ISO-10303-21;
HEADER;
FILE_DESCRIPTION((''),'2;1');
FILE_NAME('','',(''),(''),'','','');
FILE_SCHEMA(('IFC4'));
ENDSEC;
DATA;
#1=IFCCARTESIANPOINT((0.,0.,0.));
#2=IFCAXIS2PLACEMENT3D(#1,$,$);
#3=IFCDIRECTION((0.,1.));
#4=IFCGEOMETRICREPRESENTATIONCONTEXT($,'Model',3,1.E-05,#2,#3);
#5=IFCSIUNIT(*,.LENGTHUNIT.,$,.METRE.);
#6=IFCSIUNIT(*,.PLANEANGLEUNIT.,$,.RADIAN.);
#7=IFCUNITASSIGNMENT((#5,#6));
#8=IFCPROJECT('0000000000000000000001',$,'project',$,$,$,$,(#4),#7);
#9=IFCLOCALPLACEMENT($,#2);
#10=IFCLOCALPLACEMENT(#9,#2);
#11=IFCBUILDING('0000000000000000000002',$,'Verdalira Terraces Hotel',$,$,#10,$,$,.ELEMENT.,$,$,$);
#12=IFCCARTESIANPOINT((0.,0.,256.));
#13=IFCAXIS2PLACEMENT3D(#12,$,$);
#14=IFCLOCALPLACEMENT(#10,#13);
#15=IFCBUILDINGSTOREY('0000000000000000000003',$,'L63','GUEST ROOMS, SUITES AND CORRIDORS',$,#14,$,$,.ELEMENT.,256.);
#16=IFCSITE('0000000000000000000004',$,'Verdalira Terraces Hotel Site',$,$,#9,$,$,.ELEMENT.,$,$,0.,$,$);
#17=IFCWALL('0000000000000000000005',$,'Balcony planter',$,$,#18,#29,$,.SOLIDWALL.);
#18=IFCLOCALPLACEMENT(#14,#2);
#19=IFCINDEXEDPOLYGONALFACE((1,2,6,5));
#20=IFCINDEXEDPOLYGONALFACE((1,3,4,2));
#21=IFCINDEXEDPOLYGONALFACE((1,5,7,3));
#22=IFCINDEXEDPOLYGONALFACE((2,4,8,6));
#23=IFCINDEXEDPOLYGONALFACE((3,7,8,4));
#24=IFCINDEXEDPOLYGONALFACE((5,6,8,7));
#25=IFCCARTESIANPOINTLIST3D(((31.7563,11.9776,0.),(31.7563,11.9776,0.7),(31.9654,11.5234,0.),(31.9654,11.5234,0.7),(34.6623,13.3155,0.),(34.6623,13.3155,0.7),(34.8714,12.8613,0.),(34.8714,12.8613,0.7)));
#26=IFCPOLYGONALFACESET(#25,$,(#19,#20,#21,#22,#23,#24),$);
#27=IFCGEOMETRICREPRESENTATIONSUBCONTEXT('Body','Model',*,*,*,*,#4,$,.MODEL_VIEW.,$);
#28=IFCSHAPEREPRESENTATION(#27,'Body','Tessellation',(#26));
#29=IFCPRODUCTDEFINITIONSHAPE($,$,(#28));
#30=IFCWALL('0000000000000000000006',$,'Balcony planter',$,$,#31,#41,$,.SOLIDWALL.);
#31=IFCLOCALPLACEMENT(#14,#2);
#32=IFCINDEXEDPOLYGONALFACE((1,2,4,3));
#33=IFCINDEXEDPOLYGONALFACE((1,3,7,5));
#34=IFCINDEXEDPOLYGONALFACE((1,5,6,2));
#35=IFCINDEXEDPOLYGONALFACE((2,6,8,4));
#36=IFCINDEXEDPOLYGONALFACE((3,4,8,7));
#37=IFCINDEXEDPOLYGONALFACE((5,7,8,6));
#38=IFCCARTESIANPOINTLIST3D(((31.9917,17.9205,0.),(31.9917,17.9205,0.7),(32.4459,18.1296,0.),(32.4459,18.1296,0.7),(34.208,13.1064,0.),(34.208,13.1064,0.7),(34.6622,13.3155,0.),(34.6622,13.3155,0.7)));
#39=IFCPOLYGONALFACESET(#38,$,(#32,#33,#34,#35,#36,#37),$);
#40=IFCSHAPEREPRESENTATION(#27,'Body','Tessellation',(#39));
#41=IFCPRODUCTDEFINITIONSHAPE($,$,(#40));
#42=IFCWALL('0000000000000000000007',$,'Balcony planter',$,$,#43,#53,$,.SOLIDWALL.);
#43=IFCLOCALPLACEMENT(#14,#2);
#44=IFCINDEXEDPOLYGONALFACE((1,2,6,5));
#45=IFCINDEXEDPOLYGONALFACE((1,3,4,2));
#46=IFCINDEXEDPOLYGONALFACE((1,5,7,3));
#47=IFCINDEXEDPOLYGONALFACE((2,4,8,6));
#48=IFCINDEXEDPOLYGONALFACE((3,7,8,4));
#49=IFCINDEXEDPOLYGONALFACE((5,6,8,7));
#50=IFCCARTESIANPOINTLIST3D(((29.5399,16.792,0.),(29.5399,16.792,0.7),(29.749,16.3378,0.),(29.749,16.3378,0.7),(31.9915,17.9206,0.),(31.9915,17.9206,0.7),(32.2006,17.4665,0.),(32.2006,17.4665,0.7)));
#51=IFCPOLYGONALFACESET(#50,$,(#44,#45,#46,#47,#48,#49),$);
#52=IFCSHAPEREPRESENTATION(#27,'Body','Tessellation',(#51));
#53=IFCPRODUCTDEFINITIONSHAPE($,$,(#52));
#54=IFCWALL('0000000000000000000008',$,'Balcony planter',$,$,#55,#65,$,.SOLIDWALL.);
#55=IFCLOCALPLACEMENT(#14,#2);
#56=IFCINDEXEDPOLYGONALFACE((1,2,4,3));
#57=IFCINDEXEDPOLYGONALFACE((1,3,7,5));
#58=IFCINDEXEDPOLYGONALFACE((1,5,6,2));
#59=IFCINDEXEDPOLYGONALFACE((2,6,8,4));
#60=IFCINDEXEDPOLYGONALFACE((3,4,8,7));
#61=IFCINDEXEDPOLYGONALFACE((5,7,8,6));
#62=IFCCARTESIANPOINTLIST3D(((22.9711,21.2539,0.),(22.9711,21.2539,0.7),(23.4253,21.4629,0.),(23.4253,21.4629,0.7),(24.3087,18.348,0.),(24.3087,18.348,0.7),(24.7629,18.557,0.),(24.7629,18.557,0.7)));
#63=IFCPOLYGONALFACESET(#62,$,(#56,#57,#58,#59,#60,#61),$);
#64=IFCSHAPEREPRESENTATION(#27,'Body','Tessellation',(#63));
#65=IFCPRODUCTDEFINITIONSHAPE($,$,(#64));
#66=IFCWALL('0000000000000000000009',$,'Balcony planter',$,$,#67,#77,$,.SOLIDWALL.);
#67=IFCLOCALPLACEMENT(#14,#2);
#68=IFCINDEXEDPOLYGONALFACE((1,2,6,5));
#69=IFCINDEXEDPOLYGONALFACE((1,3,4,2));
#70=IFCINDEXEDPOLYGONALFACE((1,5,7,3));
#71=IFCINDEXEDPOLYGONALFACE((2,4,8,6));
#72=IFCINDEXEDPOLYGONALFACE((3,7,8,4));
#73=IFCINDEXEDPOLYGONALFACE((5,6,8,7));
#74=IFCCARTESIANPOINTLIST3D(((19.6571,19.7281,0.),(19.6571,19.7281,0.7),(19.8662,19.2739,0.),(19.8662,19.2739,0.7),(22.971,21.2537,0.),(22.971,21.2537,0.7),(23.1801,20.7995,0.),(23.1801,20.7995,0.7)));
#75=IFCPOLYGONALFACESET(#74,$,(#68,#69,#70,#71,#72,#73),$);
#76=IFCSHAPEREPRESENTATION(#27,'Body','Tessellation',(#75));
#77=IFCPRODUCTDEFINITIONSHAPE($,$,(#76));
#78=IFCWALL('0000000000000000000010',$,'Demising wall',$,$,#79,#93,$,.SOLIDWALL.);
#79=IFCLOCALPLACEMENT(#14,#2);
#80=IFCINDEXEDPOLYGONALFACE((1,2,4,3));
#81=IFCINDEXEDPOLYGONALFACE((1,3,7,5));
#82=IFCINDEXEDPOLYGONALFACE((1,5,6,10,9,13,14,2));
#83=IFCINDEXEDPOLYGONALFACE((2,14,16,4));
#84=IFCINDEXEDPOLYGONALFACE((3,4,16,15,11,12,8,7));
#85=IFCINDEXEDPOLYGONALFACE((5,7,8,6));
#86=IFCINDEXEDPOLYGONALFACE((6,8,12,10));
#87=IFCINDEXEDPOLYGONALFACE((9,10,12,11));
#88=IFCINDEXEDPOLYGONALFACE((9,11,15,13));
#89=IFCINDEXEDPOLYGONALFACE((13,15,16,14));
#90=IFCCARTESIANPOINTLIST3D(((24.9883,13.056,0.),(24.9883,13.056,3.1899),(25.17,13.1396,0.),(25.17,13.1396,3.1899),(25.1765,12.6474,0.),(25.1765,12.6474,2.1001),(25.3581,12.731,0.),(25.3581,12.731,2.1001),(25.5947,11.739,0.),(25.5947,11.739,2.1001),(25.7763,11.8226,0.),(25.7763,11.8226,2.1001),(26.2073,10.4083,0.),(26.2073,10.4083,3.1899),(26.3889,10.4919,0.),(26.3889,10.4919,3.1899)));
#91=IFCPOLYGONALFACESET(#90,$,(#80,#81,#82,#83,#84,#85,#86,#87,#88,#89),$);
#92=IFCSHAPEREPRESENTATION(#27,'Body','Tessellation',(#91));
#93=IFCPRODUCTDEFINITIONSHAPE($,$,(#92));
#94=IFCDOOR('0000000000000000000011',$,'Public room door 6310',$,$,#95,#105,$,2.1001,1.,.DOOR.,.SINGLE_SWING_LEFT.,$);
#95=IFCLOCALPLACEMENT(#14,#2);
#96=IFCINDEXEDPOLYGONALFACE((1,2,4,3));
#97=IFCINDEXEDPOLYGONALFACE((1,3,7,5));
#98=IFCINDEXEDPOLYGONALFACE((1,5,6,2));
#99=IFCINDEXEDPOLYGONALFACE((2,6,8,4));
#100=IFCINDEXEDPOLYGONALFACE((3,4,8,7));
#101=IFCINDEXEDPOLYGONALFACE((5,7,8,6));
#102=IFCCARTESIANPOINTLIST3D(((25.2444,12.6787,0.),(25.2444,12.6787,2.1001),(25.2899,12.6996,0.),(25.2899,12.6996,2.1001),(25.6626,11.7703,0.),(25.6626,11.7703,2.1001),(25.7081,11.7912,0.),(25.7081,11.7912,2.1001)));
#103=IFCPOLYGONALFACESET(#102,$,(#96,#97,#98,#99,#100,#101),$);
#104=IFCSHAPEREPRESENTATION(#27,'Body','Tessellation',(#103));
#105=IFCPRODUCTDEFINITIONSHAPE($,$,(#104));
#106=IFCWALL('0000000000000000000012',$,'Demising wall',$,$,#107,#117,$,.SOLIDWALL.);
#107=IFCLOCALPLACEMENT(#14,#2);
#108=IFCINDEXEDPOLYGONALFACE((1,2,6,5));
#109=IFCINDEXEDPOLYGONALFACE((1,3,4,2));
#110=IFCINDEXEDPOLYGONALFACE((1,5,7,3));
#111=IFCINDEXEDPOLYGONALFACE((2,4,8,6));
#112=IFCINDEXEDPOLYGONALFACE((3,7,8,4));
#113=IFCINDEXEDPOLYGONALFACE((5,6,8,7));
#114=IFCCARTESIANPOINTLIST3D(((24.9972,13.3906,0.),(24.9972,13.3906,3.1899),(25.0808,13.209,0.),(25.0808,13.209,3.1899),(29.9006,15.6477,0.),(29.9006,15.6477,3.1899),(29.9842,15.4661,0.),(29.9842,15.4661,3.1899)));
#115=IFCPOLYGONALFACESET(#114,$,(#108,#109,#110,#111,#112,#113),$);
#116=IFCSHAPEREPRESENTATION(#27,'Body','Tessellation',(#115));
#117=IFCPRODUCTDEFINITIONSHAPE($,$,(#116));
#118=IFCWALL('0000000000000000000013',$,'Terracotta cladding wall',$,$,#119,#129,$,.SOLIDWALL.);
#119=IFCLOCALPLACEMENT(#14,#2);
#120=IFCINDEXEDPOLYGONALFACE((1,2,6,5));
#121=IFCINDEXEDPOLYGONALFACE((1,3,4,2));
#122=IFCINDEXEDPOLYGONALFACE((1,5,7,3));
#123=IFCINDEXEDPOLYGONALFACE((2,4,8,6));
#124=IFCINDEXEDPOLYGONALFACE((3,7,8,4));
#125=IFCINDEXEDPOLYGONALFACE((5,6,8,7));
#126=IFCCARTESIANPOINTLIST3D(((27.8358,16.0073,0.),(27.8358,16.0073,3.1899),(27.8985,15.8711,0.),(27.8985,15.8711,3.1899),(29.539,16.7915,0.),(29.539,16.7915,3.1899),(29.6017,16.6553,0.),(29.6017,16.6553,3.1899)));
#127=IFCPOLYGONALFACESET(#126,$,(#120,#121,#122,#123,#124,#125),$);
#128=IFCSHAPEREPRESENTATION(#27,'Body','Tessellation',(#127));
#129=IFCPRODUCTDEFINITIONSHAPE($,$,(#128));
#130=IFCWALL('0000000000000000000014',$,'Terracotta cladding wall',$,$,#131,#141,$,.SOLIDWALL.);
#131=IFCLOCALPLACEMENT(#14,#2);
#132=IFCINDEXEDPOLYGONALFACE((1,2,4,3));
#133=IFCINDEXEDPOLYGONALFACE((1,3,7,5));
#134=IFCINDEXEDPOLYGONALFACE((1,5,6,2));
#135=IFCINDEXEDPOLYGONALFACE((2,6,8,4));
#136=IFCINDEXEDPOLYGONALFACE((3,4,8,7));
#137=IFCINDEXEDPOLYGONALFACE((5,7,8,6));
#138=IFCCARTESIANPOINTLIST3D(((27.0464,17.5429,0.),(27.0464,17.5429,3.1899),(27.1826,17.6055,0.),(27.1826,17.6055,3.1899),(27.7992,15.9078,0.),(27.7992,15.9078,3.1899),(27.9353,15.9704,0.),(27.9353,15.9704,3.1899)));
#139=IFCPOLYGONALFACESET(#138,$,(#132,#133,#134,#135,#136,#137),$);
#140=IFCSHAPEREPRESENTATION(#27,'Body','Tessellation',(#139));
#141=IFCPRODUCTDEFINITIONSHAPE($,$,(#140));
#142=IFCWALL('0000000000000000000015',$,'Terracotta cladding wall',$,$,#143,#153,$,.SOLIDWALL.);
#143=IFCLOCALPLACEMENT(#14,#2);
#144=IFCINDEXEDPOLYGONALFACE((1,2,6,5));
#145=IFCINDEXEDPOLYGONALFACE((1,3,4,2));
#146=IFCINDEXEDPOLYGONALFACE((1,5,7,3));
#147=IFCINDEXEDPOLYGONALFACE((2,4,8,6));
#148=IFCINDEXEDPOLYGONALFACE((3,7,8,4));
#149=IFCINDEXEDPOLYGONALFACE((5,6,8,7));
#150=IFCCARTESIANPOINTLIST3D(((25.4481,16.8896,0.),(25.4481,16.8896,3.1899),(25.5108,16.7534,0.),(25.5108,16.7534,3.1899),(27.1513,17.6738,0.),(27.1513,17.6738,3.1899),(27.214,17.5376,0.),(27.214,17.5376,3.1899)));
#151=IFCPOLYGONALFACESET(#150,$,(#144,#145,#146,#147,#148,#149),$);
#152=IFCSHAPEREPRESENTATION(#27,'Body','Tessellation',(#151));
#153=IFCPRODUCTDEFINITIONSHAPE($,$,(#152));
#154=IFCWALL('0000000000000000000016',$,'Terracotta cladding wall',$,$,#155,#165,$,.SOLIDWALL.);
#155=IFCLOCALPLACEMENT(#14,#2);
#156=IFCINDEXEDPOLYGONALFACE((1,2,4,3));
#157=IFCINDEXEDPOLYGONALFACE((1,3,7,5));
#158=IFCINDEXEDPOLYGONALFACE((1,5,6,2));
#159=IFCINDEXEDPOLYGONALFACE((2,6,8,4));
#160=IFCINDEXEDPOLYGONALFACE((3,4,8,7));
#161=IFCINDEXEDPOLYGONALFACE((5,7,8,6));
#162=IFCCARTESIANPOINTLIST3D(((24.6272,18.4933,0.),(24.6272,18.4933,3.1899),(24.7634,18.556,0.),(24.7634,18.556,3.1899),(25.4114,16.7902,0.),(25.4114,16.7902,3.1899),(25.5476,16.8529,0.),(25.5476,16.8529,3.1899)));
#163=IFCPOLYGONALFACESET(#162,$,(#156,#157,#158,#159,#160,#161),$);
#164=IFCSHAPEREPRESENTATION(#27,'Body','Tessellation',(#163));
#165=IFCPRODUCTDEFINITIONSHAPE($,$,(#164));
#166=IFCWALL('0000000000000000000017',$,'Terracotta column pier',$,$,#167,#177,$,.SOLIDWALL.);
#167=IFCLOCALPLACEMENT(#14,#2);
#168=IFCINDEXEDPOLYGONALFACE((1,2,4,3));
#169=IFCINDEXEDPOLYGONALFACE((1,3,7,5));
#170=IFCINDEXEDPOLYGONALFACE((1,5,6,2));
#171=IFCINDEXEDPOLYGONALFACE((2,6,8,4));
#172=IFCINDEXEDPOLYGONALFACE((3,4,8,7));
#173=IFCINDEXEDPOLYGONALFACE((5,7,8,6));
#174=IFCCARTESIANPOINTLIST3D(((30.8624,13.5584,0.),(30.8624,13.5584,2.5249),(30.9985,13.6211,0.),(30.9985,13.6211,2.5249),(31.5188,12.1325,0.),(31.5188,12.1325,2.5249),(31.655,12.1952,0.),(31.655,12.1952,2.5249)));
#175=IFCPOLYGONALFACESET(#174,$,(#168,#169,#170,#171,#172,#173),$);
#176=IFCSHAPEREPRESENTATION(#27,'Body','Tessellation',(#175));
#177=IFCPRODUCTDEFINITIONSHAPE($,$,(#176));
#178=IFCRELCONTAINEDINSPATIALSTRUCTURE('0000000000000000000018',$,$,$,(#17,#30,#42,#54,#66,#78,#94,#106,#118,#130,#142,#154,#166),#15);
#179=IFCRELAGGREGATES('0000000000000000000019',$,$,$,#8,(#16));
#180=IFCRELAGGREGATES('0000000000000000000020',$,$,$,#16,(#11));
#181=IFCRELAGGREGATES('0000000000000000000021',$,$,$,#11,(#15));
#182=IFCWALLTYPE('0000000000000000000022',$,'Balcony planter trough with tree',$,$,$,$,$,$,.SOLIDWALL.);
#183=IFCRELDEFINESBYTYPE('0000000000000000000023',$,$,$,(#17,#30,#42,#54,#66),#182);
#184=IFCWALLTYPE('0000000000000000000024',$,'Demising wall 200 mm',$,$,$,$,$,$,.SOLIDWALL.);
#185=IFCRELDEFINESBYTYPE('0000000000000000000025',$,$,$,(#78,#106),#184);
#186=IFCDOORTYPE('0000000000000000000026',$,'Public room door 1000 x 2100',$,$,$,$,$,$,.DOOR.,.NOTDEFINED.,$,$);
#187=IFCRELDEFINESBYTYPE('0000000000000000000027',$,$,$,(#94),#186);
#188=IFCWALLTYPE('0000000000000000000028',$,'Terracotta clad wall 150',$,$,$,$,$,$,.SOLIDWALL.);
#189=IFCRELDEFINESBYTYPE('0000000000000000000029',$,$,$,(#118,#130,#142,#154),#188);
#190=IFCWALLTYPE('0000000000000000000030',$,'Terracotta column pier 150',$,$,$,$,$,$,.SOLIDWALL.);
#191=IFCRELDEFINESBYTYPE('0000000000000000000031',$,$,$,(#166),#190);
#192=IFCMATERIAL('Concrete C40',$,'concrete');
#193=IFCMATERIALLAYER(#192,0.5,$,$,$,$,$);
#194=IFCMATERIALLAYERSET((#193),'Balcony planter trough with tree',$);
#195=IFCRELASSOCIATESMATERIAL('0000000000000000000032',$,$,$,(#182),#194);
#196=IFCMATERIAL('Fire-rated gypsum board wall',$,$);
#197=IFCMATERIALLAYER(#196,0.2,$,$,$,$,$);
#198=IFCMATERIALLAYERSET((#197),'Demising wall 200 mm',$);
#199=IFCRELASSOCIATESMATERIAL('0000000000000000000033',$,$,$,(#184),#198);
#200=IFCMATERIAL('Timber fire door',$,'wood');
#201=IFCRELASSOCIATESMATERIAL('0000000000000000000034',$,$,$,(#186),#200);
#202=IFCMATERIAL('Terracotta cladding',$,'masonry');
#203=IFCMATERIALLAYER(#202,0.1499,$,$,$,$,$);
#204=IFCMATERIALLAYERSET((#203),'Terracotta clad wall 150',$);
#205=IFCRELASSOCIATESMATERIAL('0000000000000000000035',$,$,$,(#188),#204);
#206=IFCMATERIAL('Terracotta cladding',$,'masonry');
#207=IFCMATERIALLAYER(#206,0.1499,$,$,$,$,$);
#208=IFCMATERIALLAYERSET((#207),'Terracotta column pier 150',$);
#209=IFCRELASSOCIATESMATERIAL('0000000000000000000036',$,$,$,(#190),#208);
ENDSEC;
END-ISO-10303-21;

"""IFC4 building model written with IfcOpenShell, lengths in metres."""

from ifc_helpers import new_model, si_unit, direction, frame, frame_2d, origin, place, context, subcontext, project, spatial, rectangle, extrude, material, layer, layer_set, type_object, element, fill, save


model = new_model("IFC4")

# Units and contexts
model_context = context("Model", 3, precision=1e-05, world=origin(), true_north=direction((0.0, 1.0)))
body_context = subcontext(model_context, "Body", "Model", "MODEL_VIEW")
ifc_project = project(units=[si_unit("LENGTHUNIT", "METRE"), si_unit("PLANEANGLEUNIT", "RADIAN")], contexts=[model_context])

# Site, building, storey
site_placement = place(None, origin())
site = spatial("IfcSite", under=ifc_project, at=site_placement, Name="Verdalira Terraces Hotel Site", CompositionType="ELEMENT", RefElevation=0.0)
building_placement = place(site_placement, origin())
building = spatial("IfcBuilding", under=site, at=building_placement, Name="Verdalira Terraces Hotel", CompositionType="ELEMENT")
storey_placement = place(building_placement, frame((0.0, 0.0, 256.0)))
storey = spatial("IfcBuildingStorey", under=building, at=storey_placement, Name="L63", Description="GUEST ROOMS, SUITES AND CORRIDORS", CompositionType="ELEMENT", Elevation=256.0)

# Walls
ifc_material_1 = material(Name="Concrete C40", Category="concrete")
ifc_layer_1 = layer(ifc_material_1, 0.5)
ifc_layer_set_1 = layer_set([ifc_layer_1], Name="Balcony planter trough with tree")
wall_type_1 = type_object("IfcWallType", Name="Balcony planter trough with tree", PredefinedType="SOLIDWALL", material=ifc_layer_set_1)
wall_1_placement = place(storey_placement, frame((31.8608, 11.7505, 0.0), z_axis=(0.0, 0.0, 1.0), x_axis=(0.908357, 0.418197, 0.0)))
element("IfcWall", 1, at=wall_1_placement, inside=storey, type_object=wall_type_1, Name="Balcony planter", PredefinedType="SOLIDWALL", context=body_context, shape_type="SweptSolid", body=[
    extrude(rectangle(XDim=3.1992, YDim=0.5, at=frame_2d((1.5996, 0.0))), origin(), (0.0, 0.0, 1.0), 0.7),
])
wall_2_placement = place(storey_placement, frame((34.4351, 13.2109, 0.0), z_axis=(0.0, 0.0, 1.0), x_axis=(-0.418182, 0.908363, 0.0)))
element("IfcWall", 2, at=wall_2_placement, inside=storey, type_object=wall_type_1, Name="Balcony planter", PredefinedType="SOLIDWALL", context=body_context, shape_type="SweptSolid", body=[
    extrude(rectangle(XDim=5.2998, YDim=0.5, at=frame_2d((2.6499, 0.0))), origin(), (0.0, 0.0, 1.0), 0.7),
])
wall_3_placement = place(storey_placement, frame((32.0962, 17.6936, 0.0), z_axis=(0.0, 0.0, 1.0), x_axis=(-0.908364, -0.41818, 0.0)))
element("IfcWall", 3, at=wall_3_placement, inside=storey, type_object=wall_type_1, Name="Balcony planter", PredefinedType="SOLIDWALL", context=body_context, shape_type="SweptSolid", body=[
    extrude(rectangle(XDim=2.699, YDim=0.5, at=frame_2d((1.3496, 0.0))), origin(), (0.0, 0.0, 1.0), 0.7),
])
wall_4_placement = place(storey_placement, frame((24.5359, 18.4524, 0.0), z_axis=(0.0, 0.0, 1.0), x_axis=(-0.418134, 0.908386, 0.0)))
element("IfcWall", 4, at=wall_4_placement, inside=storey, type_object=wall_type_1, Name="Balcony planter", PredefinedType="SOLIDWALL", context=body_context, shape_type="SweptSolid", body=[
    extrude(rectangle(XDim=3.199, YDim=0.5, at=frame_2d((1.5996, 0.0))), origin(), (0.0, 0.0, 1.0), 0.7),
])
wall_5_placement = place(storey_placement, frame((23.0757, 21.0266, 0.0), z_axis=(0.0, 0.0, 1.0), x_axis=(-0.908364, -0.41818, 0.0)))
element("IfcWall", 5, at=wall_5_placement, inside=storey, type_object=wall_type_1, Name="Balcony planter", PredefinedType="SOLIDWALL", context=body_context, shape_type="SweptSolid", body=[
    extrude(rectangle(XDim=3.6482, YDim=0.5, at=frame_2d((1.8242, 0.0))), origin(), (0.0, 0.0, 1.0), 0.7),
])

# Wall, opening, door
ifc_material_2 = material(Name="Fire-rated gypsum board wall")
ifc_layer_2 = layer(ifc_material_2, 0.2)
ifc_layer_set_2 = layer_set([ifc_layer_2], Name="Demising wall 200 mm")
wall_type_2 = type_object("IfcWallType", Name="Demising wall 200 mm", PredefinedType="SOLIDWALL", material=ifc_layer_set_2)
wall_6_placement = place(storey_placement, frame((25.0791, 13.0979, 0.0), z_axis=(0.0, 0.0, 1.0), x_axis=(0.418203, -0.908354, 0.0)))
wall_6 = element("IfcWall", 6, at=wall_6_placement, inside=storey, type_object=wall_type_2, Name="Demising wall", PredefinedType="SOLIDWALL", context=body_context, shape_type="SweptSolid", body=[
    extrude(rectangle(XDim=2.9148, YDim=0.2, at=frame_2d((1.4575, 0.0))), origin(), (0.0, 0.0, 1.0), 3.1899),
])
opening_1_placement = place(wall_6_placement, frame((0.45, 0.0, 0.0)))
opening_1 = element("IfcOpeningElement", 7, at=opening_1_placement, cuts=wall_6, PredefinedType="OPENING", context=body_context, shape_type="SweptSolid", body=[
    extrude(rectangle(XDim=1.0, YDim=2.1001, at=frame_2d((0.5, 1.05))), frame((0.0, 0.1099, 0.0), z_axis=(0.0, -1.0, 0.0), x_axis=(1.0, 0.0, 0.0)), (0.0, 0.0, 1.0), 0.22),
])
ifc_material_3 = material(Name="Timber fire door", Category="wood")
door_type_1 = type_object("IfcDoorType", Name="Public room door 1000 x 2100", OperationType="NOTDEFINED", PredefinedType="DOOR", material=ifc_material_3)
door_1_placement = place(opening_1_placement, origin())
door_1 = element("IfcDoor", 8, at=door_1_placement, inside=storey, type_object=door_type_1, Name="Public room door 6310", OperationType="SINGLE_SWING_LEFT", OverallHeight=2.1001, OverallWidth=1.0, PredefinedType="DOOR", context=body_context, shape_type="SweptSolid", body=[
    extrude(rectangle(XDim=1.0, YDim=2.1001, at=frame_2d((0.5, 1.05))), frame((0.0, 0.0249, 0.0), z_axis=(0.0, -1.0, 0.0), x_axis=(1.0, 0.0, 0.0)), (0.0, 0.0, 1.0), 0.05),
])
fill(opening_1, door_1)

# Walls
wall_7_placement = place(storey_placement, frame((29.9424, 15.5569, 0.0), z_axis=(0.0, 0.0, 1.0), x_axis=(-0.908381, -0.418143, 0.0)))
element("IfcWall", 9, at=wall_7_placement, inside=storey, type_object=wall_type_2, Name="Demising wall", PredefinedType="SOLIDWALL", context=body_context, shape_type="SweptSolid", body=[
    extrude(rectangle(XDim=5.3979, YDim=0.2, at=frame_2d((2.699, 0.0))), origin(), (0.0, 0.0, 1.0), 3.1899),
])
ifc_material_4 = material(Name="Terracotta cladding", Category="masonry")
ifc_layer_3 = layer(ifc_material_4, 0.1499)
ifc_layer_set_3 = layer_set([ifc_layer_3], Name="Terracotta clad wall 150")
wall_type_3 = type_object("IfcWallType", Name="Terracotta clad wall 150", PredefinedType="SOLIDWALL", material=ifc_layer_set_3)
wall_8_placement = place(storey_placement, frame((29.5703, 16.7234, 0.0), z_axis=(0.0, 0.0, 1.0), x_axis=(-0.90834, -0.418232, 0.0)))
element("IfcWall", 10, at=wall_8_placement, inside=storey, type_object=wall_type_3, Name="Terracotta cladding wall", PredefinedType="SOLIDWALL", context=body_context, shape_type="SweptSolid", body=[
    extrude(rectangle(XDim=1.875, YDim=0.1499, at=frame_2d((0.9375, 0.0))), origin(), (0.0, 0.0, 1.0), 3.1899),
])
wall_9_placement = place(storey_placement, frame((27.8672, 15.9392, 0.0), z_axis=(0.0, 0.0, 1.0), x_axis=(-0.418172, 0.908368, 0.0)))
element("IfcWall", 11, at=wall_9_placement, inside=storey, type_object=wall_type_3, Name="Terracotta cladding wall", PredefinedType="SOLIDWALL", context=body_context, shape_type="SweptSolid", body=[
    extrude(rectangle(XDim=1.8, YDim=0.1499, at=frame_2d((0.8999, 0.0))), origin(), (0.0, 0.0, 1.0), 3.1899),
])
for number, where, z_axis, x_axis, name in (
    (12, (27.1826, 17.6057, 0.0), (0.0, 0.0, 1.0), (-0.90834, -0.418232, 0.0), "Terracotta cladding wall"),
    (13, (25.4795, 16.8215, 0.0), (0.0, 0.0, 1.0), (-0.418232, 0.90834, 0.0), "Terracotta cladding wall"),
):
    element("IfcWall", number, at=place(storey_placement, frame(where, z_axis=z_axis, x_axis=x_axis)), inside=storey, type_object=wall_type_3, Name=name, PredefinedType="SOLIDWALL", context=body_context, shape_type="SweptSolid", body=[
        extrude(rectangle(XDim=1.875, YDim=0.1499, at=frame_2d((0.9375, 0.0))), origin(), (0.0, 0.0, 1.0), 3.1899),
    ])
ifc_material_5 = material(Name="Terracotta cladding", Category="masonry")
ifc_layer_4 = layer(ifc_material_5, 0.1499)
ifc_layer_set_4 = layer_set([ifc_layer_4], Name="Terracotta column pier 150")
wall_type_4 = type_object("IfcWallType", Name="Terracotta column pier 150", PredefinedType="SOLIDWALL", material=ifc_layer_set_4)
wall_10_placement = place(storey_placement, frame((31.5869, 12.1638, 0.0), z_axis=(0.0, 0.0, 1.0), x_axis=(-0.41818, 0.908364, 0.0)))
element("IfcWall", 14, at=wall_10_placement, inside=storey, type_object=wall_type_4, Name="Terracotta column pier", PredefinedType="SOLIDWALL", context=body_context, shape_type="SweptSolid", body=[
    extrude(rectangle(XDim=1.5698, YDim=0.1499, at=frame_2d((0.7849, 0.0))), origin(), (0.0, 0.0, 1.0), 2.5249),
])

save(model, "model.ifc")
